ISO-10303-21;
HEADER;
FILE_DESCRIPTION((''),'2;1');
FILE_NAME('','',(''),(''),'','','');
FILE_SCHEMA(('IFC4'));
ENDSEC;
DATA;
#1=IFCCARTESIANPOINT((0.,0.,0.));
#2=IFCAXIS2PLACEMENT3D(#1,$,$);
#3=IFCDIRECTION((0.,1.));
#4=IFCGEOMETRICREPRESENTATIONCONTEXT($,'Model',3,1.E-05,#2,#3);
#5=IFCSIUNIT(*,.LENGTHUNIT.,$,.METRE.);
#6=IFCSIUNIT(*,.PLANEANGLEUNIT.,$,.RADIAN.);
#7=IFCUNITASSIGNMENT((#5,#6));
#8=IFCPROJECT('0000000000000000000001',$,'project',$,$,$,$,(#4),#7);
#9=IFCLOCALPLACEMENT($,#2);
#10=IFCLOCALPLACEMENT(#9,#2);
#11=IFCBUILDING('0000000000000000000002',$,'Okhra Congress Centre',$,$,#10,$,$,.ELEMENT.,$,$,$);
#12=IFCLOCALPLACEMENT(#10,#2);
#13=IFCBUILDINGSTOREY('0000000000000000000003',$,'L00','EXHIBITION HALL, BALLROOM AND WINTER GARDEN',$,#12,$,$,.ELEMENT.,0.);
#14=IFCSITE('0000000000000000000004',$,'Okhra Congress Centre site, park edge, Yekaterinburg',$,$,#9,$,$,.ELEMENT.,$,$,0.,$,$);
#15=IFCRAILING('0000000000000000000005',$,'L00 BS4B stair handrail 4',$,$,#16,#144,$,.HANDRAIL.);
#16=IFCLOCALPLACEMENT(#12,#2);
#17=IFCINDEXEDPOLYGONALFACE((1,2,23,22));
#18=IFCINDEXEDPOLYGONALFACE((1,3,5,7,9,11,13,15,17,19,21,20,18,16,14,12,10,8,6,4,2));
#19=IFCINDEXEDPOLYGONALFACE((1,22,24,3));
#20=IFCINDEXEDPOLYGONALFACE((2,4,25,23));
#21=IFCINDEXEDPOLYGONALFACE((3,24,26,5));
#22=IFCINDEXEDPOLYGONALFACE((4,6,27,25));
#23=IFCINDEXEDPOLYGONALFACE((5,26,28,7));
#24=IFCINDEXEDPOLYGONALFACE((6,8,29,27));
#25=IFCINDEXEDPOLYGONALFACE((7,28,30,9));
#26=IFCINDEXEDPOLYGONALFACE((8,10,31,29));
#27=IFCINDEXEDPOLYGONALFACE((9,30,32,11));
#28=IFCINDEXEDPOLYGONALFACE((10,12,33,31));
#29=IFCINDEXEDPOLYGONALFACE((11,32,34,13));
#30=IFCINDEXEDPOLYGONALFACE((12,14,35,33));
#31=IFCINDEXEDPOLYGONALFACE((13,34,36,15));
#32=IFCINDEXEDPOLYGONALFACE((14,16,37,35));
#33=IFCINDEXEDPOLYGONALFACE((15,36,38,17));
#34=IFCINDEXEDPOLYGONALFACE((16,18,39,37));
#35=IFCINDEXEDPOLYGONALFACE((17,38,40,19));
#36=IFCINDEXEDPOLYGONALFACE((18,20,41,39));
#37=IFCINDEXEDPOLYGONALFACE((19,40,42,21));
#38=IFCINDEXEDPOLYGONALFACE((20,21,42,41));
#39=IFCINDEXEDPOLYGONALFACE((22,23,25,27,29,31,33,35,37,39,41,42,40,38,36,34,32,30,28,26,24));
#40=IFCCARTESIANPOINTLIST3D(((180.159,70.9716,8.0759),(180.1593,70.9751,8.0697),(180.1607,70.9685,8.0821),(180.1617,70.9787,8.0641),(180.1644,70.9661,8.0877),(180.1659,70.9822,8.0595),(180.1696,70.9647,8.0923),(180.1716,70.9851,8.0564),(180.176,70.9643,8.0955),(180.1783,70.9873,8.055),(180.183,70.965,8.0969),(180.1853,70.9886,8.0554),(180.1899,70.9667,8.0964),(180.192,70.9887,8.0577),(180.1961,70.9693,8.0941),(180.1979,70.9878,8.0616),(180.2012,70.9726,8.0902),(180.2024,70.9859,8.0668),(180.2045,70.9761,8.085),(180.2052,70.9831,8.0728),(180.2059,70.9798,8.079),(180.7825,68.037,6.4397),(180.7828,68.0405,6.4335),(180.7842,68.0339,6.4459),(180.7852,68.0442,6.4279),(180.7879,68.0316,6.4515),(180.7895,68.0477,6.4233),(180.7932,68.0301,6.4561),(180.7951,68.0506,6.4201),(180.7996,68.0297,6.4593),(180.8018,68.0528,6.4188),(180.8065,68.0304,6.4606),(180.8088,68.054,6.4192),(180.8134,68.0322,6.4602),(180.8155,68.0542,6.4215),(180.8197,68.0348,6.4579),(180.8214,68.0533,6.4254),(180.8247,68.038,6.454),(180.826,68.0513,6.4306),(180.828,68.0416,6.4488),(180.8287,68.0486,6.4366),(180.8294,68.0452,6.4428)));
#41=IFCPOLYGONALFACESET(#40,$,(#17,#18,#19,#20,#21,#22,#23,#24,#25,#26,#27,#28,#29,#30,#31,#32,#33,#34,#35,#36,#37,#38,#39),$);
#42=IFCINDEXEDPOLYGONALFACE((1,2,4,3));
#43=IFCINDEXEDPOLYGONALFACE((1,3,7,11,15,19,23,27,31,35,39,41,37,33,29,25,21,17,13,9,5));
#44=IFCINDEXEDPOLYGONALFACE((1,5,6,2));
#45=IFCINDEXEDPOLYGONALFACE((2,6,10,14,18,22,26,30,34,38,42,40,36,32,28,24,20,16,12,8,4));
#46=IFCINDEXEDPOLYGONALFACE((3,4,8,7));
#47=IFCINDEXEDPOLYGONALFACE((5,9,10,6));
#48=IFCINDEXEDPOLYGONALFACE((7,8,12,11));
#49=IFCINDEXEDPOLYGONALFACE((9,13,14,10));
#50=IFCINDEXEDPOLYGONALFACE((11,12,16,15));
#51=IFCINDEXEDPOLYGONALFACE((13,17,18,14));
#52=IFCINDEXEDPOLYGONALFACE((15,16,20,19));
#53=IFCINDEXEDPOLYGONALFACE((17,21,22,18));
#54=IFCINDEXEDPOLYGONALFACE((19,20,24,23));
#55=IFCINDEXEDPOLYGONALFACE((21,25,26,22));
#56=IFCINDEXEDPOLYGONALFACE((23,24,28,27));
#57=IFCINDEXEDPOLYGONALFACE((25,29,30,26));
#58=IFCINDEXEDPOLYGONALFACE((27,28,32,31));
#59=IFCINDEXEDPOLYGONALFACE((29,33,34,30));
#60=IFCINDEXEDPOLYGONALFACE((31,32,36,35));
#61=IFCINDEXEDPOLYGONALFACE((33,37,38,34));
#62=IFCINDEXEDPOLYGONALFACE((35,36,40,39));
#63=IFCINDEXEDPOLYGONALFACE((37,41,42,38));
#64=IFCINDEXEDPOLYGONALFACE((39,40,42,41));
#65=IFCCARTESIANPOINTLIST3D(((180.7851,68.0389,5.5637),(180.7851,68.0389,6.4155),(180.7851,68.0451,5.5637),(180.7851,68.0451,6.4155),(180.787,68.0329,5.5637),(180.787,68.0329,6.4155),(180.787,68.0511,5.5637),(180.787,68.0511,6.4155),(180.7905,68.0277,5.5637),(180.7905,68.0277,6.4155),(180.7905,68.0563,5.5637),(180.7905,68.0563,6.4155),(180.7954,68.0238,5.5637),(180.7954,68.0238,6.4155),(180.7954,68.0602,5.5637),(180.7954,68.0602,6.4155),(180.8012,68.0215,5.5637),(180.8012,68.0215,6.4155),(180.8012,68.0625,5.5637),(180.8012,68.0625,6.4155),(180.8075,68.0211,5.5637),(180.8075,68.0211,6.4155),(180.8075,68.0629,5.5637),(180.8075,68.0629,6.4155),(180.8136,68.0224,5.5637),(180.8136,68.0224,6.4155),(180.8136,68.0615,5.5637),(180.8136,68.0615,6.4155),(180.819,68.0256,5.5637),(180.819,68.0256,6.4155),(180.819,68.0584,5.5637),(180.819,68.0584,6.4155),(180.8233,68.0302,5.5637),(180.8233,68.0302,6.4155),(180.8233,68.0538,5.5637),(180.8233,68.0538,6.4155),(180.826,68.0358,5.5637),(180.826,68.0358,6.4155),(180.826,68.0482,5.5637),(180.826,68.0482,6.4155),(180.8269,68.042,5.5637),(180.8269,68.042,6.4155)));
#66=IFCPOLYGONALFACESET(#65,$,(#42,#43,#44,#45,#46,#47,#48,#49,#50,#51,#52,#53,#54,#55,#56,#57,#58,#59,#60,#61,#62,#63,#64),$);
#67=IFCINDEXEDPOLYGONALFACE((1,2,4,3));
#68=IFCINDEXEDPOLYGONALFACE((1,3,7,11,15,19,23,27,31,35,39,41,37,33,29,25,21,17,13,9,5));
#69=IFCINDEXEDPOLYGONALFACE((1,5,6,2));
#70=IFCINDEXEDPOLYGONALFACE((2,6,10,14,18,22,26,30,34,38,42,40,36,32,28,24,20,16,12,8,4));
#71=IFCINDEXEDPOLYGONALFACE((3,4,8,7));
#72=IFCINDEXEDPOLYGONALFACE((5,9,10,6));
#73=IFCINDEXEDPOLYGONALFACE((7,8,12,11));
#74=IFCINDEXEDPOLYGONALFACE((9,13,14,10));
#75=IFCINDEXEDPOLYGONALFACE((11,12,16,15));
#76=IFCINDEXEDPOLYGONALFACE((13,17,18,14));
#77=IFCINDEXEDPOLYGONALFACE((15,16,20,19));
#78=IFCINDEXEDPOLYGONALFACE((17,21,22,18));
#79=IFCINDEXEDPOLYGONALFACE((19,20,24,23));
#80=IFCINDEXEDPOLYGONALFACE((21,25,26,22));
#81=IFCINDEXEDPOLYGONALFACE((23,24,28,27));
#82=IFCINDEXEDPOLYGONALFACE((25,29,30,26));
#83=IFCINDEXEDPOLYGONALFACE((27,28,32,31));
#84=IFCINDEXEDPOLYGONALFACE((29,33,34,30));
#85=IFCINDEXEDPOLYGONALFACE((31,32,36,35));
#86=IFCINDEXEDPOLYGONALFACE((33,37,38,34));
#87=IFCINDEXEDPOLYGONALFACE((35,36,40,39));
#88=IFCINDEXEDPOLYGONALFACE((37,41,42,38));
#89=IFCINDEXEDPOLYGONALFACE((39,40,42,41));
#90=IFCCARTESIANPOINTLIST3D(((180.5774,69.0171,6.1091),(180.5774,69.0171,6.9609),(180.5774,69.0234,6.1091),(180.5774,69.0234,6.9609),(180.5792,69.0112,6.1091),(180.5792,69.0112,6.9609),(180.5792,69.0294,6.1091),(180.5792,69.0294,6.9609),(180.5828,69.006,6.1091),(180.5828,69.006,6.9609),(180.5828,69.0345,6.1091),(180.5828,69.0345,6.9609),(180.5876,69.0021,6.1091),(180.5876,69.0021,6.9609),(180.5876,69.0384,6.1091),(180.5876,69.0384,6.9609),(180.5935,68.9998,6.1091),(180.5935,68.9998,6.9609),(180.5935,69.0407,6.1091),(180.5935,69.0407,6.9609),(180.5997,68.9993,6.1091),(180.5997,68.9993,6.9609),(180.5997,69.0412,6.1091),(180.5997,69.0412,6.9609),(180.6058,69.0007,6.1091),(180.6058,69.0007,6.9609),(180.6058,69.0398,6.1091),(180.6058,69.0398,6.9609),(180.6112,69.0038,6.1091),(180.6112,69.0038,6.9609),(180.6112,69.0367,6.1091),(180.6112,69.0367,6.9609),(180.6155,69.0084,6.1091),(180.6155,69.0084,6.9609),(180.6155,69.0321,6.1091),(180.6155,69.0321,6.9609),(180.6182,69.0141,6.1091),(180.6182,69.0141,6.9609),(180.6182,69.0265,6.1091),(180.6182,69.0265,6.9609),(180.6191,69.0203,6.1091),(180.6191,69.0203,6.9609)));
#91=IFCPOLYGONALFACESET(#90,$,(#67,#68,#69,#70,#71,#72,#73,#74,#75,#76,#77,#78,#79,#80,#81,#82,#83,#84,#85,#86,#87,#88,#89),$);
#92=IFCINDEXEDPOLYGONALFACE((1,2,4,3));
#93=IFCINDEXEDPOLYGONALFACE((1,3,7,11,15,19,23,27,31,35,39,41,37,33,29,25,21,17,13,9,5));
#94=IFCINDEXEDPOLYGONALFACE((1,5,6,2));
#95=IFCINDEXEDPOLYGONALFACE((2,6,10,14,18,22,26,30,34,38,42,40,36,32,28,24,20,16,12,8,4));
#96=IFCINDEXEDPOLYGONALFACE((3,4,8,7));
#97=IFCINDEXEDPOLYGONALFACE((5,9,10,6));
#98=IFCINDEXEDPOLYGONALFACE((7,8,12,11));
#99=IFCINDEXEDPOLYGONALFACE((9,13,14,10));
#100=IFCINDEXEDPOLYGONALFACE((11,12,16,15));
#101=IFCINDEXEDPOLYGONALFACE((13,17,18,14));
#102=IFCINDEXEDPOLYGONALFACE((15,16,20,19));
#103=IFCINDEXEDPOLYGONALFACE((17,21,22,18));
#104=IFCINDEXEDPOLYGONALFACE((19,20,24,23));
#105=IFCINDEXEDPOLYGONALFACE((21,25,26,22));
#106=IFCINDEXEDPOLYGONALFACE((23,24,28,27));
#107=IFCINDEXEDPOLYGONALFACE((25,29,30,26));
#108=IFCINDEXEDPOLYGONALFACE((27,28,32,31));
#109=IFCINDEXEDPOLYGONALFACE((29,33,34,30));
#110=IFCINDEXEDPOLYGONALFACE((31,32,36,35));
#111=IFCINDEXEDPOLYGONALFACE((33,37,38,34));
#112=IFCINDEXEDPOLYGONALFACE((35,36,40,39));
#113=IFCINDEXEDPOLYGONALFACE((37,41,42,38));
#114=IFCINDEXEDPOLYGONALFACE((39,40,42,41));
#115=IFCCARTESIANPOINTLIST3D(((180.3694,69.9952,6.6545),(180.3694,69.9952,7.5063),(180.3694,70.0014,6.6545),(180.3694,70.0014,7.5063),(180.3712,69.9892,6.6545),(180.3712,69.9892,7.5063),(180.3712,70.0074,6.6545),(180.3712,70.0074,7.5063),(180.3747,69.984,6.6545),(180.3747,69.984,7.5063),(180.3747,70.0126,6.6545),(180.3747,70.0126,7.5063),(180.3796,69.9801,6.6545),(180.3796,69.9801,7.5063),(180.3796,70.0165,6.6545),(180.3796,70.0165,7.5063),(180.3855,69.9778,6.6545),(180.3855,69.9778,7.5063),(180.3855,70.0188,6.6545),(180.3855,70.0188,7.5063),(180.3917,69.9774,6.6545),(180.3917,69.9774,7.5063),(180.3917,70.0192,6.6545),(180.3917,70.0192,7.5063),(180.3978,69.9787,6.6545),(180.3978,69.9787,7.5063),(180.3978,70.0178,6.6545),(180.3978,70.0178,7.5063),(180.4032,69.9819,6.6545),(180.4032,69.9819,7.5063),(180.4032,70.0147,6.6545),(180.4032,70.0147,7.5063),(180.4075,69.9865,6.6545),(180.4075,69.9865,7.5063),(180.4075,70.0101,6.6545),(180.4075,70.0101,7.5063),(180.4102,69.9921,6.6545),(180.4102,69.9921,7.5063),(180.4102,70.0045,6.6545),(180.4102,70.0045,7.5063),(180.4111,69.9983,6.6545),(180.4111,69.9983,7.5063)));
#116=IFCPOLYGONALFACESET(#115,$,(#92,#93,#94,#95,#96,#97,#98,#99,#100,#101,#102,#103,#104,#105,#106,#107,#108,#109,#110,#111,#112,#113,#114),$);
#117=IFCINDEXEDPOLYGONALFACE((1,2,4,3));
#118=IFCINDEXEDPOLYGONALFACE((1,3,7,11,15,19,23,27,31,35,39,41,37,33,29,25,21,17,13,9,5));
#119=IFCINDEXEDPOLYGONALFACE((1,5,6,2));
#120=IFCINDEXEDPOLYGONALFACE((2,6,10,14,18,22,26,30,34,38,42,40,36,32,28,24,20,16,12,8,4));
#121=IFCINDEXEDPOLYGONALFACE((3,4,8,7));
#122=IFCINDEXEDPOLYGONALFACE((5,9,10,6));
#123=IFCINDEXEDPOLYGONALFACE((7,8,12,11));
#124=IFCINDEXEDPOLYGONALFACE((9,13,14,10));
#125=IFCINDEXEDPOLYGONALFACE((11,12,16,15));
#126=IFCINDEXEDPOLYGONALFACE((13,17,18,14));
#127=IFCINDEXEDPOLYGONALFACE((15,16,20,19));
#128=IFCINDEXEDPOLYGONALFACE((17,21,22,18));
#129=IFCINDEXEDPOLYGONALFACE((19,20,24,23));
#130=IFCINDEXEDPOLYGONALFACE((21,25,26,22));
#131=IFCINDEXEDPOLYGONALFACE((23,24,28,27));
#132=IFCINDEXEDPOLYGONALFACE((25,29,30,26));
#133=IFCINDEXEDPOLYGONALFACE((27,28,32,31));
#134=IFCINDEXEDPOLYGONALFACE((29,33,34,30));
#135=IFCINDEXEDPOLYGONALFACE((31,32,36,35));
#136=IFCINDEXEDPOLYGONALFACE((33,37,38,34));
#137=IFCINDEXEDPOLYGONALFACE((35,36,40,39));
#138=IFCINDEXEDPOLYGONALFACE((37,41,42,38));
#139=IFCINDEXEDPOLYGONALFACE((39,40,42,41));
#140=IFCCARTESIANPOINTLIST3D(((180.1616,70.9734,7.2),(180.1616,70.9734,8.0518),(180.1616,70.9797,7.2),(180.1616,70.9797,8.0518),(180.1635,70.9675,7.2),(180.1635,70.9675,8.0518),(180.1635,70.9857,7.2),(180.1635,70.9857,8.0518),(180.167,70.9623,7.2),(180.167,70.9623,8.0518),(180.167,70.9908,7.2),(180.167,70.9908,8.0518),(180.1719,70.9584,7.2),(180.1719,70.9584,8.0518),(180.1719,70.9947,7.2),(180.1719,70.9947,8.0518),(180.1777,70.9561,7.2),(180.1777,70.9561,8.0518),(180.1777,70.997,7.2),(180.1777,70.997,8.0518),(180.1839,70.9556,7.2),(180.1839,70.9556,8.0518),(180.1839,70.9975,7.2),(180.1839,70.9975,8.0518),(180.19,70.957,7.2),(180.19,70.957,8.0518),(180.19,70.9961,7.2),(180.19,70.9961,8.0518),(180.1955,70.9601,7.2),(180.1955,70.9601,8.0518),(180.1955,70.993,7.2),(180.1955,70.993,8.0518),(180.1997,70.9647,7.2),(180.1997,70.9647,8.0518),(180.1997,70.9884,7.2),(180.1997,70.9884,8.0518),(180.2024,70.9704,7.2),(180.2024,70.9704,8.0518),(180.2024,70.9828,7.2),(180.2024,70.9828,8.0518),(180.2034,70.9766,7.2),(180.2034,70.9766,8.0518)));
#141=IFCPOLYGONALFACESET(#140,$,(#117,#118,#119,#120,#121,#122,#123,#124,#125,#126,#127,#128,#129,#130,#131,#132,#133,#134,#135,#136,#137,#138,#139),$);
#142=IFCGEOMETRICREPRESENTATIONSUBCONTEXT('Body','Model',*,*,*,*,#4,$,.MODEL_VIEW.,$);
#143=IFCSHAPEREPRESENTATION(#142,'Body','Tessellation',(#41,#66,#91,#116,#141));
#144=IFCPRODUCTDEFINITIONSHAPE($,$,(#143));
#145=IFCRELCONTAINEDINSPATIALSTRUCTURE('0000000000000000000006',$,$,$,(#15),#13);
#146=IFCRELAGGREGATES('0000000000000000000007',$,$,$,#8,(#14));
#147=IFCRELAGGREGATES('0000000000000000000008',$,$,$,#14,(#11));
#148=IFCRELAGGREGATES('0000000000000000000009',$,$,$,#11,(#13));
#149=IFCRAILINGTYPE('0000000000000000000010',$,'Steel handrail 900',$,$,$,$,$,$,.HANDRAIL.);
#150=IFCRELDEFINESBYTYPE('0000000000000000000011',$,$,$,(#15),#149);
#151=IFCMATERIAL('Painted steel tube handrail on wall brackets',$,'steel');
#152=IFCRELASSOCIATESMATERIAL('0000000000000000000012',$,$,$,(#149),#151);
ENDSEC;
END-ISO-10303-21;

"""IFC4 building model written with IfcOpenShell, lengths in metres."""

from ifc_helpers import new_model, si_unit, direction, frame, origin, origin_2d, place, context, subcontext, project, spatial, circle, extrude, material, type_object, element, save


model = new_model("IFC4")

# Units and contexts
model_context = context("Model", 3, precision=1e-05, world=origin(), true_north=direction((0.0, 1.0)))
body_context = subcontext(model_context, "Body", "Model", "MODEL_VIEW")
ifc_project = project(units=[si_unit("LENGTHUNIT", "METRE"), si_unit("PLANEANGLEUNIT", "RADIAN")], contexts=[model_context])

# Site, building, storey
site_placement = place(None, origin())
site = spatial("IfcSite", under=ifc_project, at=site_placement, Name="Okhra Congress Centre site, park edge, Yekaterinburg", CompositionType="ELEMENT", RefElevation=0.0)
building_placement = place(site_placement, origin())
building = spatial("IfcBuilding", under=site, at=building_placement, Name="Okhra Congress Centre", CompositionType="ELEMENT")
storey_placement = place(building_placement, origin())
storey = spatial("IfcBuildingStorey", under=building, at=storey_placement, Name="L00", Description="EXHIBITION HALL, BALLROOM AND WINTER GARDEN", CompositionType="ELEMENT", Elevation=0.0)

# Railing
ifc_material_1 = material(Name="Painted steel tube handrail on wall brackets", Category="steel")
railing_type_1 = type_object("IfcRailingType", Name="Steel handrail 900", PredefinedType="HANDRAIL", material=ifc_material_1)
railing_1_placement = place(storey_placement, frame((180.8059, 68.042, 5.5637)))
element("IfcRailing", 1, at=railing_1_placement, inside=storey, type_object=railing_type_1, Name="L00 BS4B stair handrail 4", PredefinedType="HANDRAIL", context=body_context, shape_type="SweptSolid", body=[
    extrude(circle(Radius=0.0239, at=origin_2d()), frame((0.0, 0.0, 0.876), z_axis=(-0.182466, 0.858746, 0.478812), x_axis=(-0.978163, -0.207839, 0.0)), (0.0, 0.0, 1.0), 3.4172),
    extrude(circle(Radius=0.021, at=origin_2d()), origin(), (0.0, 0.0, 1.0), 0.8518),
    extrude(circle(Radius=0.021, at=origin_2d()), frame((-0.2078, 0.9783, 0.5454)), (0.0, 0.0, 1.0), 0.8518),
    extrude(circle(Radius=0.021, at=origin_2d()), frame((-0.4158, 1.9563, 1.0908)), (0.0, 0.0, 1.0), 0.8518),
    extrude(circle(Radius=0.021, at=origin_2d()), frame((-0.6235, 2.9346, 1.6362)), (0.0, 0.0, 1.0), 0.8518),
])

save(model, "model.ifc")
